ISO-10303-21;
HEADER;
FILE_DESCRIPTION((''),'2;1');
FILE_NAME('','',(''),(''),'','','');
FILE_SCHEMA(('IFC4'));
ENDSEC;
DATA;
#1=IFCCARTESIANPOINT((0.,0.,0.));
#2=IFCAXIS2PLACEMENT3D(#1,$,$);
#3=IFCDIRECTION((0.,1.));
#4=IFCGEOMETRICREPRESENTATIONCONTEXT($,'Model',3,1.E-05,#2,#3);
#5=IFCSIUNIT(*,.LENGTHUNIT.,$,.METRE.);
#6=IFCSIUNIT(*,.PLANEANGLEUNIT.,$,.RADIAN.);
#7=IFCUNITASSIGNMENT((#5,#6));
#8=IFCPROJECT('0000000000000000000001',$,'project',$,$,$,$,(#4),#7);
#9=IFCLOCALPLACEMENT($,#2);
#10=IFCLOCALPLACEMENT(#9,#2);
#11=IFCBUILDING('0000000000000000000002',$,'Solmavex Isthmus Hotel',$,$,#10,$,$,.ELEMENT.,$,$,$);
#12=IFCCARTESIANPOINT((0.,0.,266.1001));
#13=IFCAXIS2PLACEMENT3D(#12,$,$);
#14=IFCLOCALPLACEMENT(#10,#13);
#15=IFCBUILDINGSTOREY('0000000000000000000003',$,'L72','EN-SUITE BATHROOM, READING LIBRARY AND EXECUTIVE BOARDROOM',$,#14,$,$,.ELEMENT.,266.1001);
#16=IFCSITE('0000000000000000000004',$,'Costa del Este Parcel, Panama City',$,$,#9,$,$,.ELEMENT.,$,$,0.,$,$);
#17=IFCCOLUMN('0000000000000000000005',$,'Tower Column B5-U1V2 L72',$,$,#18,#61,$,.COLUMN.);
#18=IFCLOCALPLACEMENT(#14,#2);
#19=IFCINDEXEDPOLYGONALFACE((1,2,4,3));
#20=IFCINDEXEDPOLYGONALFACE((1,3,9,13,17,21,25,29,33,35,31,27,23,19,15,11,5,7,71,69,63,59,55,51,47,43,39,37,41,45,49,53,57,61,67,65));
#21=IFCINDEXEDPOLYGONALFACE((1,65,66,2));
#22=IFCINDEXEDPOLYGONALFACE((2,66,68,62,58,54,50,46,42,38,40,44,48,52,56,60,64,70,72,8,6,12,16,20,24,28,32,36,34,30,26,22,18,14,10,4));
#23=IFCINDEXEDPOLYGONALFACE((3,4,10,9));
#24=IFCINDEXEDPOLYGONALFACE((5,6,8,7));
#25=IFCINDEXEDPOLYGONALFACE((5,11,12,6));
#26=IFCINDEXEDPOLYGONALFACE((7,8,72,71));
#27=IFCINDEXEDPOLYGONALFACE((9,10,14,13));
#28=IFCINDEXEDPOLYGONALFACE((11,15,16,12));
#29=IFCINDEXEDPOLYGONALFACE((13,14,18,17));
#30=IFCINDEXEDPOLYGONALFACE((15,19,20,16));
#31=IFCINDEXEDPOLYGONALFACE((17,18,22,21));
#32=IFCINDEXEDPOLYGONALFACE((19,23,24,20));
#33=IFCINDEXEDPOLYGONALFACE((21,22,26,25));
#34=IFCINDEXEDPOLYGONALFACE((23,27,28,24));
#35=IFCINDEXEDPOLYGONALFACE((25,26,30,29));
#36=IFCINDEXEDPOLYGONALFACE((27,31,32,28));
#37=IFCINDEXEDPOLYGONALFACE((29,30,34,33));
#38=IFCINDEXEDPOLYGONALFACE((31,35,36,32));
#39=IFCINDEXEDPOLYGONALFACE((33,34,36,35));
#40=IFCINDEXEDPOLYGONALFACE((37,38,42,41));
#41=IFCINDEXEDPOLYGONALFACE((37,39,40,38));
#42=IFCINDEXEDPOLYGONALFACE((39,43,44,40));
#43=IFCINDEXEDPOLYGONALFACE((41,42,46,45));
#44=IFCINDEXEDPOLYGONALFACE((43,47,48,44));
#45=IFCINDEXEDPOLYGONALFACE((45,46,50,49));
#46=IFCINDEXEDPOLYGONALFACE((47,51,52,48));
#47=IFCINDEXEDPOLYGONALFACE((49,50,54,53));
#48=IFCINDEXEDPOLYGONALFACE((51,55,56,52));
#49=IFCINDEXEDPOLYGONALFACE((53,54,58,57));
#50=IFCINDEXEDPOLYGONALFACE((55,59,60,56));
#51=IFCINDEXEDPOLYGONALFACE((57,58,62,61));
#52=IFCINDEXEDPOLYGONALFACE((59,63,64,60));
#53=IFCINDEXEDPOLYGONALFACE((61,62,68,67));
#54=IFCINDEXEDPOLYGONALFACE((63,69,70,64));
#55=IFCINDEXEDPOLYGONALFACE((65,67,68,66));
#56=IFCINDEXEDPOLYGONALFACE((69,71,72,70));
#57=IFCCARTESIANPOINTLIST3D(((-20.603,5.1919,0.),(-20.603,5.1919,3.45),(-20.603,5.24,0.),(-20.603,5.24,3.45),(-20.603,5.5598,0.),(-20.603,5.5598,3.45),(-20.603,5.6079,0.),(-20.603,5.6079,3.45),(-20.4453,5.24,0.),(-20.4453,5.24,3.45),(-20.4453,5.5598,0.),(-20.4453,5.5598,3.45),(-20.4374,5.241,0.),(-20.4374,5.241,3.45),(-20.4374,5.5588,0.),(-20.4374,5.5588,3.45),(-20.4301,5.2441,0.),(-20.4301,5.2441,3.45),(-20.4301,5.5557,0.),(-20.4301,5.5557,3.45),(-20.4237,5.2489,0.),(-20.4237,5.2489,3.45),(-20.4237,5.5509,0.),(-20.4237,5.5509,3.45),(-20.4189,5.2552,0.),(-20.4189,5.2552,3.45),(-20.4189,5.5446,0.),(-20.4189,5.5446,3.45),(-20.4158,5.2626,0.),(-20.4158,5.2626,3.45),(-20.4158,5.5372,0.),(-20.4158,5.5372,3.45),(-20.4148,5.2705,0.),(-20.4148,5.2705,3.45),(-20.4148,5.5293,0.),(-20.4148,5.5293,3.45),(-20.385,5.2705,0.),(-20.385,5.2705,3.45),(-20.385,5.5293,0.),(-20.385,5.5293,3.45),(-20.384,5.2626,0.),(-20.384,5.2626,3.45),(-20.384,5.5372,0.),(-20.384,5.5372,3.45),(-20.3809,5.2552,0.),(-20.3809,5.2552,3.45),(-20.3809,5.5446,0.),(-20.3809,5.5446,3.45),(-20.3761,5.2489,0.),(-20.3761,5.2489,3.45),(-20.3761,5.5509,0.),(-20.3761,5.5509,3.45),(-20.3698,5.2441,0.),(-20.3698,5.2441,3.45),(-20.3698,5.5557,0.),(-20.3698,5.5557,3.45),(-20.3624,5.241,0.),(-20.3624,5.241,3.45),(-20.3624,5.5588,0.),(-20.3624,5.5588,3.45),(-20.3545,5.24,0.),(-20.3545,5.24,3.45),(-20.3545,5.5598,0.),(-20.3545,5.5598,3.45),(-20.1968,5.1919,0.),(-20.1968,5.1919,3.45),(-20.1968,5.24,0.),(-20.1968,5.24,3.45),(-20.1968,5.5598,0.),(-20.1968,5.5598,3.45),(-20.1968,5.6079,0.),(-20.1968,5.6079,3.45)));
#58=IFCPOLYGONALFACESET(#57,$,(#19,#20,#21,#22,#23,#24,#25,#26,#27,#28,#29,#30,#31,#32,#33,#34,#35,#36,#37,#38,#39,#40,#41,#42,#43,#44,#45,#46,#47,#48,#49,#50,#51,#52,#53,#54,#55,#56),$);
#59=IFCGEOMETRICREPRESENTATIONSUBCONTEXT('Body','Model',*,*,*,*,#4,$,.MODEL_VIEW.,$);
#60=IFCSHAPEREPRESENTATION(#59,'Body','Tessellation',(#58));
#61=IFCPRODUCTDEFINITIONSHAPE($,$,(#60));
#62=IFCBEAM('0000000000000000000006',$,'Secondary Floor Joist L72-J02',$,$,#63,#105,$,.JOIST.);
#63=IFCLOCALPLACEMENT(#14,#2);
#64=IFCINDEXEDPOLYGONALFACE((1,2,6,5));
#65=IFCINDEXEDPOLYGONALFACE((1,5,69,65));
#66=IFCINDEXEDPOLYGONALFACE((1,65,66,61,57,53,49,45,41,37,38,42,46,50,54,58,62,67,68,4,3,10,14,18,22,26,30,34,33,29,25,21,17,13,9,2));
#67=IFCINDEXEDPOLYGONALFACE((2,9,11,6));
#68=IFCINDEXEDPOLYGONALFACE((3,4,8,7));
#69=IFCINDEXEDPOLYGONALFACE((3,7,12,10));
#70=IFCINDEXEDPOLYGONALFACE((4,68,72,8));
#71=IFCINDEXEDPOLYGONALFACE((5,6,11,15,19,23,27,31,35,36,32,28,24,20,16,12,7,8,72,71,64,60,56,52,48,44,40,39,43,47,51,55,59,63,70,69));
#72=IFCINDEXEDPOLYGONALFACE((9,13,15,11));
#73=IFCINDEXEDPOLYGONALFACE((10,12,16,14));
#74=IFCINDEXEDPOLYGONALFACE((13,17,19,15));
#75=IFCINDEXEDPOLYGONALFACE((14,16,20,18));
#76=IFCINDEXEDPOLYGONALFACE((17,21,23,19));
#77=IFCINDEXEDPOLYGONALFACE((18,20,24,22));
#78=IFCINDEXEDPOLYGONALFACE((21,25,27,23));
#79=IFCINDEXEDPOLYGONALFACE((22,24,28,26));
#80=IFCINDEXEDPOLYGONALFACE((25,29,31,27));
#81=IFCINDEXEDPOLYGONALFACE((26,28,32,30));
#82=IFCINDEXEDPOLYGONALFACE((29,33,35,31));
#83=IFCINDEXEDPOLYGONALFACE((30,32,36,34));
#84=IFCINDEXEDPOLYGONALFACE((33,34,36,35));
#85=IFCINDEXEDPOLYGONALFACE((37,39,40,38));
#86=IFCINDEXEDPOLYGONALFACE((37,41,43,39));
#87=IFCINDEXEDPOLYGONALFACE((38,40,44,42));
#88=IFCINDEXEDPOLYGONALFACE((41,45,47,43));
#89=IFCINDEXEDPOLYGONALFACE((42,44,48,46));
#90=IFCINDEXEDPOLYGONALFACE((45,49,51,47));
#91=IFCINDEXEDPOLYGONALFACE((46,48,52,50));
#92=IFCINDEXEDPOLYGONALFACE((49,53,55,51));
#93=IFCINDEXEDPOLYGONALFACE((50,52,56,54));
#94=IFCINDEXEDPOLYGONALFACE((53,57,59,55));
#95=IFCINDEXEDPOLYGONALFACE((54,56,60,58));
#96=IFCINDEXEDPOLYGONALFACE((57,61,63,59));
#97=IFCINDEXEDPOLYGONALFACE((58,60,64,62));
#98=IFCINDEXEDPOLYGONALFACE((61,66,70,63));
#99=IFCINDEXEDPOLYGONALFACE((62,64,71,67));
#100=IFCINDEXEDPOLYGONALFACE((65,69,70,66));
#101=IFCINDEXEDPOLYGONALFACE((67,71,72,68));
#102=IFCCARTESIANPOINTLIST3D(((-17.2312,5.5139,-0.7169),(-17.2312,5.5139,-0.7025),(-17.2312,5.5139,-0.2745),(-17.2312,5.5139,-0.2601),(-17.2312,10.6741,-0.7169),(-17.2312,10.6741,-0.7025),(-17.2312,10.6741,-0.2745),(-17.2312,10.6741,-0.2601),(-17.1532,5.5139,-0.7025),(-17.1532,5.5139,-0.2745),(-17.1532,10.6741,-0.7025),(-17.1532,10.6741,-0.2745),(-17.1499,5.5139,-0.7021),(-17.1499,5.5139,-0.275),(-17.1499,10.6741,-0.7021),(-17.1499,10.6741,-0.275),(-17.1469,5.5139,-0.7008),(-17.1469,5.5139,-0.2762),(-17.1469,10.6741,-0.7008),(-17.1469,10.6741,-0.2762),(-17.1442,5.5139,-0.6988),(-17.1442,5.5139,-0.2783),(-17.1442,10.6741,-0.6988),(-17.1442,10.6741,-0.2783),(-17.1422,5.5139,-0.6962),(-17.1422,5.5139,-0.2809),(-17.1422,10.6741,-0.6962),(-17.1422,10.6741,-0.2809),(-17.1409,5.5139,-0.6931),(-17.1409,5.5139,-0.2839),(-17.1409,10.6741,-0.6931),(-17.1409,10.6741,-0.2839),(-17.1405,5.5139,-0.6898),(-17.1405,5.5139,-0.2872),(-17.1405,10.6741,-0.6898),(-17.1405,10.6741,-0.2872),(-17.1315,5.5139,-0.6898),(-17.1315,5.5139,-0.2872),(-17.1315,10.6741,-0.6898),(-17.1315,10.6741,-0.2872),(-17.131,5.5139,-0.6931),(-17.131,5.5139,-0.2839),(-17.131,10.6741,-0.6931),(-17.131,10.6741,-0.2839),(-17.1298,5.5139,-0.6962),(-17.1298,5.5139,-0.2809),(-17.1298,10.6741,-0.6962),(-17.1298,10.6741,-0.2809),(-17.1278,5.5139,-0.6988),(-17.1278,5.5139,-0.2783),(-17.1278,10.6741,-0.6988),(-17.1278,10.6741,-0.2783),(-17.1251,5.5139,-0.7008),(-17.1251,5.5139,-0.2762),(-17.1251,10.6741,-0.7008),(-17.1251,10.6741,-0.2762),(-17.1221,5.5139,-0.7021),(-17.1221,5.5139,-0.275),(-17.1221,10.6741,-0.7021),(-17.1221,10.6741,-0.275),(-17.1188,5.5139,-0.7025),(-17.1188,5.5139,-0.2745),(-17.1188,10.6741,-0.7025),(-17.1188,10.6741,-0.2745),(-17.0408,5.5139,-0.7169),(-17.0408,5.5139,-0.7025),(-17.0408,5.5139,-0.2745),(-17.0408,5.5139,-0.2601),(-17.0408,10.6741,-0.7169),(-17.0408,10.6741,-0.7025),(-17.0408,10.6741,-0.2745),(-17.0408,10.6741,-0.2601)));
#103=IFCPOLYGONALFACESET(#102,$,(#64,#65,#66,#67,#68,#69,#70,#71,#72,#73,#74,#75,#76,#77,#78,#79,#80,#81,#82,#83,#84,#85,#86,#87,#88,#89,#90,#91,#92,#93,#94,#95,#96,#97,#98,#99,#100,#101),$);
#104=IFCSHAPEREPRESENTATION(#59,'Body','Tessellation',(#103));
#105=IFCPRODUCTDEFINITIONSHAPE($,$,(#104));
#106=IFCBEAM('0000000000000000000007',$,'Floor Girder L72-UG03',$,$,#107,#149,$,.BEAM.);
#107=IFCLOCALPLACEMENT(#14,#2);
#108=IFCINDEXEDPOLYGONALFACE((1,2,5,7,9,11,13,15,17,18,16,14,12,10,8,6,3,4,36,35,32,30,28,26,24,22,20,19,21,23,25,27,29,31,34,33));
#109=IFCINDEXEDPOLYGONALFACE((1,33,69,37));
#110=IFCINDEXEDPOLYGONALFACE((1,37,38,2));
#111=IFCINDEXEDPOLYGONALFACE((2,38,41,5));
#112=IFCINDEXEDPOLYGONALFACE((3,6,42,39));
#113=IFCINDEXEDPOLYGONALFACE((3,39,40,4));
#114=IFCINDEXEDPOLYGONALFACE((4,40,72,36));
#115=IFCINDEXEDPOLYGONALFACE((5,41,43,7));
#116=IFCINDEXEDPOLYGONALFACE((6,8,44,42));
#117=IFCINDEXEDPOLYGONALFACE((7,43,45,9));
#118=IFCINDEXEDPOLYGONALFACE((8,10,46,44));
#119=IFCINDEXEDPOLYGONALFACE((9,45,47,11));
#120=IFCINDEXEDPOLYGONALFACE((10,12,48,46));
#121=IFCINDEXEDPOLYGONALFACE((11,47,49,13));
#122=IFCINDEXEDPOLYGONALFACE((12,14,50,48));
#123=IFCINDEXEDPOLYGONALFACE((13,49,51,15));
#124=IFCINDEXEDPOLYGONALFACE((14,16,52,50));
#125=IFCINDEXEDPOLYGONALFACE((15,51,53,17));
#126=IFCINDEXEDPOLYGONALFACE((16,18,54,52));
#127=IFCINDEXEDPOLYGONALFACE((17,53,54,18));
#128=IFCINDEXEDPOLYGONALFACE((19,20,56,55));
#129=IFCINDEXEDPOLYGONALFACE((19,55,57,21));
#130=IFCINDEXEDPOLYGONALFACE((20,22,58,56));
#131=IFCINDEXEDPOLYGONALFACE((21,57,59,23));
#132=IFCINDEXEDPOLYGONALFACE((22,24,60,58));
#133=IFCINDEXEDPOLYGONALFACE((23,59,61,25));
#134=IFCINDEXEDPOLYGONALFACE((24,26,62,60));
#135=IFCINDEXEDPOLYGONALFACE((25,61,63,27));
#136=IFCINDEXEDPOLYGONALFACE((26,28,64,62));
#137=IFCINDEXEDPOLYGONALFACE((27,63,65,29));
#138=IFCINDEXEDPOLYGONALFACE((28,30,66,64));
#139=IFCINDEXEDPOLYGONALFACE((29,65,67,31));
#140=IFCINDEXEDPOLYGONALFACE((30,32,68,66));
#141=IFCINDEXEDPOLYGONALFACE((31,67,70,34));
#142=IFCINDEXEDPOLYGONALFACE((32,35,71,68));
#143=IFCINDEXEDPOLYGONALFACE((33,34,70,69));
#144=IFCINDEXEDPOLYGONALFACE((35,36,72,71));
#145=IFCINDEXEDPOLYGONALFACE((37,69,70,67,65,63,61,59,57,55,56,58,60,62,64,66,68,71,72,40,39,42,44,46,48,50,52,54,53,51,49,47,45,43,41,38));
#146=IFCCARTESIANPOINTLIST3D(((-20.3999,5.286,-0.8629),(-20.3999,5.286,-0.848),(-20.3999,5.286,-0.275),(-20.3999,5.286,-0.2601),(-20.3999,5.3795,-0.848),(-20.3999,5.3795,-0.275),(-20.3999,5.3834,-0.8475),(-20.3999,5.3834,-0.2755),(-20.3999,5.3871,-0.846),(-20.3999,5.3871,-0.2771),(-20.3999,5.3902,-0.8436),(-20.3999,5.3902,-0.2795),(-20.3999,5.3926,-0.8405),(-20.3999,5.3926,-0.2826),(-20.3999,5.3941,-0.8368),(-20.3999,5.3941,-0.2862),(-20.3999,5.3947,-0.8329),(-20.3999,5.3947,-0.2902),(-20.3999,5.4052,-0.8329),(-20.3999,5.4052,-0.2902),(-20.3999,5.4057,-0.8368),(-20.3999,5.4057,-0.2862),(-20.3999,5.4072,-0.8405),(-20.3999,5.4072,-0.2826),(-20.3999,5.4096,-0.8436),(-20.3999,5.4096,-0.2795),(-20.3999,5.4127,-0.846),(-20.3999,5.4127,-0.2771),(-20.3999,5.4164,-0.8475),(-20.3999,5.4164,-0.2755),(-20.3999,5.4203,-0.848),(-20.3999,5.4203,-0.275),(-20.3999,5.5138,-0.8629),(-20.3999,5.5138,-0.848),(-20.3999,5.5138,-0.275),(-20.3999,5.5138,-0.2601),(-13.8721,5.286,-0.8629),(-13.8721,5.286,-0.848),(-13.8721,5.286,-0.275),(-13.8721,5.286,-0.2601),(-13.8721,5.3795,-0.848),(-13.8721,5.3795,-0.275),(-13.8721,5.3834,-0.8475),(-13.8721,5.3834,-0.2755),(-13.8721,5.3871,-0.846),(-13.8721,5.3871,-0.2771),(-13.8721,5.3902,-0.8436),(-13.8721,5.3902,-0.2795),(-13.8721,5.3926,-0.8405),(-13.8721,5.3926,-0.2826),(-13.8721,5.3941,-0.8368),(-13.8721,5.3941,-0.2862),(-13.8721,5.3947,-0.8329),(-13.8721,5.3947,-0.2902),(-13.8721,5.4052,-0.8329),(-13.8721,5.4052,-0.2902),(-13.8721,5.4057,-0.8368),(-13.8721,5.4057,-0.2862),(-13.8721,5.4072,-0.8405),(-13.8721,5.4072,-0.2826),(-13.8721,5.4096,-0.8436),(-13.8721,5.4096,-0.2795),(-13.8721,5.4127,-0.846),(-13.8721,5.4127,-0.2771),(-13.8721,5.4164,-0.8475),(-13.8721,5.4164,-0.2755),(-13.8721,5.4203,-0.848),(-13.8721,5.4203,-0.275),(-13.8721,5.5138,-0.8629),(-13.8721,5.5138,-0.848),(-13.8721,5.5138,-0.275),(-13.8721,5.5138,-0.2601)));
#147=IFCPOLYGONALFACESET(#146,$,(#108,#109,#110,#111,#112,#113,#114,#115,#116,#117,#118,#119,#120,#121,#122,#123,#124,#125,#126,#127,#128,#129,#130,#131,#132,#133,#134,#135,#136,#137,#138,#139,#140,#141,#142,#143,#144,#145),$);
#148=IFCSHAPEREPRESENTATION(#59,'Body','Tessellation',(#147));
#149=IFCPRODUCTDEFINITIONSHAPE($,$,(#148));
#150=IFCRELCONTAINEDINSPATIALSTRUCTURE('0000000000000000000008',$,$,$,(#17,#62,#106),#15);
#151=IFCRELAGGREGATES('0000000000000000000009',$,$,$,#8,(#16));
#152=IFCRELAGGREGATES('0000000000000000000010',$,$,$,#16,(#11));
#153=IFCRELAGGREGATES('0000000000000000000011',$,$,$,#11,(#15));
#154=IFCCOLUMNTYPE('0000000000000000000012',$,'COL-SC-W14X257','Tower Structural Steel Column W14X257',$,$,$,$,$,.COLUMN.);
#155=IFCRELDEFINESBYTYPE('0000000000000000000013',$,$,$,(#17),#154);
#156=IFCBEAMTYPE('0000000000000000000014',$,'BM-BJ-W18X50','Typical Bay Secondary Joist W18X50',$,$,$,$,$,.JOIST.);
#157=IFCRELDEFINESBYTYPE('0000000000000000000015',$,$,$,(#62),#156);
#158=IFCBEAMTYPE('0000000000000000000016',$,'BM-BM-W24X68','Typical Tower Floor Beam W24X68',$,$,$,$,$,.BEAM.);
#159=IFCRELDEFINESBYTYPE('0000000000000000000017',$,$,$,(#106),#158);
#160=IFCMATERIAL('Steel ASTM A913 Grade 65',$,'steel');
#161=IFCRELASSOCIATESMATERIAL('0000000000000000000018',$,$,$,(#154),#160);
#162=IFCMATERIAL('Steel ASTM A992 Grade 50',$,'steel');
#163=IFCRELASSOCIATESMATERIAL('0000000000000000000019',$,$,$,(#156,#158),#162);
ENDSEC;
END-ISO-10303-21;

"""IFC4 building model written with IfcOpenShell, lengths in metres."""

from ifc_helpers import new_model, si_unit, direction, frame, origin, origin_2d, place, context, subcontext, project, spatial, i_section, extrude, material, material_profile, profile_set, type_object, element, save


model = new_model("IFC4")

# Units and contexts
model_context = context("Model", 3, precision=1e-05, world=origin(), true_north=direction((0.0, 1.0)))
body_context = subcontext(model_context, "Body", "Model", "MODEL_VIEW")
ifc_project = project(units=[si_unit("LENGTHUNIT", "METRE"), si_unit("PLANEANGLEUNIT", "RADIAN")], contexts=[model_context])

# Site, building, storey
site_placement = place(None, origin())
site = spatial("IfcSite", under=ifc_project, at=site_placement, Name="Costa del Este Parcel, Panama City", CompositionType="ELEMENT", RefElevation=0.0)
building_placement = place(site_placement, origin())
building = spatial("IfcBuilding", under=site, at=building_placement, Name="Solmavex Isthmus Hotel", CompositionType="ELEMENT")
storey_placement = place(building_placement, frame((0.0, 0.0, 266.1001)))
storey = spatial("IfcBuildingStorey", under=building, at=storey_placement, Name="L72", Description="EN-SUITE BATHROOM, READING LIBRARY AND EXECUTIVE BOARDROOM", CompositionType="ELEMENT", Elevation=266.1001)

# Column
ifc_material_1 = material(Name="Steel ASTM A913 Grade 65", Category="steel")
ifc_material_profile_1 = material_profile(ifc_material_1, i_section(OverallWidth=0.4062, OverallDepth=0.416, WebThickness=0.0298, FlangeThickness=0.0481, FilletRadius=0.0305, at=origin_2d()), Name="W14X257")
ifc_profile_set_1 = profile_set([ifc_material_profile_1], Name="Steel ASTM A913 Grade 65")
column_type = type_object("IfcColumnType", Name="COL-SC-W14X257", Description="Tower Structural Steel Column W14X257", PredefinedType="COLUMN", material=ifc_profile_set_1)
column_placement = place(storey_placement, frame((-20.3999, 5.3999, 0.0), z_axis=(0.0, 0.0, 1.0), x_axis=(1.0, 0.0, 0.0)))
element("IfcColumn", 1, at=column_placement, inside=storey, type_object=column_type, Name="Tower Column B5-U1V2 L72", PredefinedType="COLUMN", context=body_context, shape_type="SweptSolid", body=[
    extrude(i_section(OverallWidth=0.4062, OverallDepth=0.416, WebThickness=0.0298, FlangeThickness=0.0481, FilletRadius=0.0305, at=origin_2d()), origin(), (0.0, 0.0, 1.0), 3.45),
])

# Beams
ifc_material_2 = material(Name="Steel ASTM A992 Grade 50", Category="steel")
ifc_material_profile_2 = material_profile(ifc_material_2, i_section(OverallWidth=0.1904, OverallDepth=0.4568, WebThickness=0.009, FlangeThickness=0.0144, FilletRadius=0.0127, at=origin_2d()), Name="W18X50")
ifc_profile_set_2 = profile_set([ifc_material_profile_2], Name="Steel ASTM A992 Grade 50")
beam_type_1 = type_object("IfcBeamType", Name="BM-BJ-W18X50", Description="Typical Bay Secondary Joist W18X50", PredefinedType="JOIST", material=ifc_profile_set_2)
beam_1_placement = place(storey_placement, frame((-17.136, 5.5139, -0.4885), z_axis=(0.0, 1.0, 0.0), x_axis=(-1.0, 0.0, 0.0)))
element("IfcBeam", 2, at=beam_1_placement, inside=storey, type_object=beam_type_1, Name="Secondary Floor Joist L72-J02", PredefinedType="JOIST", context=body_context, shape_type="SweptSolid", body=[
    extrude(i_section(OverallWidth=0.1904, OverallDepth=0.4568, WebThickness=0.009, FlangeThickness=0.0144, FilletRadius=0.0127, at=origin_2d()), origin(), (0.0, 0.0, 1.0), 5.1602),
])
ifc_material_profile_3 = material_profile(ifc_material_2, i_section(OverallWidth=0.2278, OverallDepth=0.6028, WebThickness=0.0105, FlangeThickness=0.0149, FilletRadius=0.0151, at=origin_2d()), Name="W24X68")
ifc_profile_set_3 = profile_set([ifc_material_profile_3], Name="Steel ASTM A992 Grade 50")
beam_type_2 = type_object("IfcBeamType", Name="BM-BM-W24X68", Description="Typical Tower Floor Beam W24X68", PredefinedType="BEAM", material=ifc_profile_set_3)
beam_2_placement = place(storey_placement, frame((-20.3999, 5.3999, -0.5615), z_axis=(1.0, 0.0, 0.0), x_axis=(0.0, 1.0, 0.0)))
element("IfcBeam", 3, at=beam_2_placement, inside=storey, type_object=beam_type_2, Name="Floor Girder L72-UG03", PredefinedType="BEAM", context=body_context, shape_type="SweptSolid", body=[
    extrude(i_section(OverallWidth=0.2278, OverallDepth=0.6028, WebThickness=0.0105, FlangeThickness=0.0149, FilletRadius=0.0151, at=origin_2d()), origin(), (0.0, 0.0, 1.0), 6.5278),
])

save(model, "model.ifc")
